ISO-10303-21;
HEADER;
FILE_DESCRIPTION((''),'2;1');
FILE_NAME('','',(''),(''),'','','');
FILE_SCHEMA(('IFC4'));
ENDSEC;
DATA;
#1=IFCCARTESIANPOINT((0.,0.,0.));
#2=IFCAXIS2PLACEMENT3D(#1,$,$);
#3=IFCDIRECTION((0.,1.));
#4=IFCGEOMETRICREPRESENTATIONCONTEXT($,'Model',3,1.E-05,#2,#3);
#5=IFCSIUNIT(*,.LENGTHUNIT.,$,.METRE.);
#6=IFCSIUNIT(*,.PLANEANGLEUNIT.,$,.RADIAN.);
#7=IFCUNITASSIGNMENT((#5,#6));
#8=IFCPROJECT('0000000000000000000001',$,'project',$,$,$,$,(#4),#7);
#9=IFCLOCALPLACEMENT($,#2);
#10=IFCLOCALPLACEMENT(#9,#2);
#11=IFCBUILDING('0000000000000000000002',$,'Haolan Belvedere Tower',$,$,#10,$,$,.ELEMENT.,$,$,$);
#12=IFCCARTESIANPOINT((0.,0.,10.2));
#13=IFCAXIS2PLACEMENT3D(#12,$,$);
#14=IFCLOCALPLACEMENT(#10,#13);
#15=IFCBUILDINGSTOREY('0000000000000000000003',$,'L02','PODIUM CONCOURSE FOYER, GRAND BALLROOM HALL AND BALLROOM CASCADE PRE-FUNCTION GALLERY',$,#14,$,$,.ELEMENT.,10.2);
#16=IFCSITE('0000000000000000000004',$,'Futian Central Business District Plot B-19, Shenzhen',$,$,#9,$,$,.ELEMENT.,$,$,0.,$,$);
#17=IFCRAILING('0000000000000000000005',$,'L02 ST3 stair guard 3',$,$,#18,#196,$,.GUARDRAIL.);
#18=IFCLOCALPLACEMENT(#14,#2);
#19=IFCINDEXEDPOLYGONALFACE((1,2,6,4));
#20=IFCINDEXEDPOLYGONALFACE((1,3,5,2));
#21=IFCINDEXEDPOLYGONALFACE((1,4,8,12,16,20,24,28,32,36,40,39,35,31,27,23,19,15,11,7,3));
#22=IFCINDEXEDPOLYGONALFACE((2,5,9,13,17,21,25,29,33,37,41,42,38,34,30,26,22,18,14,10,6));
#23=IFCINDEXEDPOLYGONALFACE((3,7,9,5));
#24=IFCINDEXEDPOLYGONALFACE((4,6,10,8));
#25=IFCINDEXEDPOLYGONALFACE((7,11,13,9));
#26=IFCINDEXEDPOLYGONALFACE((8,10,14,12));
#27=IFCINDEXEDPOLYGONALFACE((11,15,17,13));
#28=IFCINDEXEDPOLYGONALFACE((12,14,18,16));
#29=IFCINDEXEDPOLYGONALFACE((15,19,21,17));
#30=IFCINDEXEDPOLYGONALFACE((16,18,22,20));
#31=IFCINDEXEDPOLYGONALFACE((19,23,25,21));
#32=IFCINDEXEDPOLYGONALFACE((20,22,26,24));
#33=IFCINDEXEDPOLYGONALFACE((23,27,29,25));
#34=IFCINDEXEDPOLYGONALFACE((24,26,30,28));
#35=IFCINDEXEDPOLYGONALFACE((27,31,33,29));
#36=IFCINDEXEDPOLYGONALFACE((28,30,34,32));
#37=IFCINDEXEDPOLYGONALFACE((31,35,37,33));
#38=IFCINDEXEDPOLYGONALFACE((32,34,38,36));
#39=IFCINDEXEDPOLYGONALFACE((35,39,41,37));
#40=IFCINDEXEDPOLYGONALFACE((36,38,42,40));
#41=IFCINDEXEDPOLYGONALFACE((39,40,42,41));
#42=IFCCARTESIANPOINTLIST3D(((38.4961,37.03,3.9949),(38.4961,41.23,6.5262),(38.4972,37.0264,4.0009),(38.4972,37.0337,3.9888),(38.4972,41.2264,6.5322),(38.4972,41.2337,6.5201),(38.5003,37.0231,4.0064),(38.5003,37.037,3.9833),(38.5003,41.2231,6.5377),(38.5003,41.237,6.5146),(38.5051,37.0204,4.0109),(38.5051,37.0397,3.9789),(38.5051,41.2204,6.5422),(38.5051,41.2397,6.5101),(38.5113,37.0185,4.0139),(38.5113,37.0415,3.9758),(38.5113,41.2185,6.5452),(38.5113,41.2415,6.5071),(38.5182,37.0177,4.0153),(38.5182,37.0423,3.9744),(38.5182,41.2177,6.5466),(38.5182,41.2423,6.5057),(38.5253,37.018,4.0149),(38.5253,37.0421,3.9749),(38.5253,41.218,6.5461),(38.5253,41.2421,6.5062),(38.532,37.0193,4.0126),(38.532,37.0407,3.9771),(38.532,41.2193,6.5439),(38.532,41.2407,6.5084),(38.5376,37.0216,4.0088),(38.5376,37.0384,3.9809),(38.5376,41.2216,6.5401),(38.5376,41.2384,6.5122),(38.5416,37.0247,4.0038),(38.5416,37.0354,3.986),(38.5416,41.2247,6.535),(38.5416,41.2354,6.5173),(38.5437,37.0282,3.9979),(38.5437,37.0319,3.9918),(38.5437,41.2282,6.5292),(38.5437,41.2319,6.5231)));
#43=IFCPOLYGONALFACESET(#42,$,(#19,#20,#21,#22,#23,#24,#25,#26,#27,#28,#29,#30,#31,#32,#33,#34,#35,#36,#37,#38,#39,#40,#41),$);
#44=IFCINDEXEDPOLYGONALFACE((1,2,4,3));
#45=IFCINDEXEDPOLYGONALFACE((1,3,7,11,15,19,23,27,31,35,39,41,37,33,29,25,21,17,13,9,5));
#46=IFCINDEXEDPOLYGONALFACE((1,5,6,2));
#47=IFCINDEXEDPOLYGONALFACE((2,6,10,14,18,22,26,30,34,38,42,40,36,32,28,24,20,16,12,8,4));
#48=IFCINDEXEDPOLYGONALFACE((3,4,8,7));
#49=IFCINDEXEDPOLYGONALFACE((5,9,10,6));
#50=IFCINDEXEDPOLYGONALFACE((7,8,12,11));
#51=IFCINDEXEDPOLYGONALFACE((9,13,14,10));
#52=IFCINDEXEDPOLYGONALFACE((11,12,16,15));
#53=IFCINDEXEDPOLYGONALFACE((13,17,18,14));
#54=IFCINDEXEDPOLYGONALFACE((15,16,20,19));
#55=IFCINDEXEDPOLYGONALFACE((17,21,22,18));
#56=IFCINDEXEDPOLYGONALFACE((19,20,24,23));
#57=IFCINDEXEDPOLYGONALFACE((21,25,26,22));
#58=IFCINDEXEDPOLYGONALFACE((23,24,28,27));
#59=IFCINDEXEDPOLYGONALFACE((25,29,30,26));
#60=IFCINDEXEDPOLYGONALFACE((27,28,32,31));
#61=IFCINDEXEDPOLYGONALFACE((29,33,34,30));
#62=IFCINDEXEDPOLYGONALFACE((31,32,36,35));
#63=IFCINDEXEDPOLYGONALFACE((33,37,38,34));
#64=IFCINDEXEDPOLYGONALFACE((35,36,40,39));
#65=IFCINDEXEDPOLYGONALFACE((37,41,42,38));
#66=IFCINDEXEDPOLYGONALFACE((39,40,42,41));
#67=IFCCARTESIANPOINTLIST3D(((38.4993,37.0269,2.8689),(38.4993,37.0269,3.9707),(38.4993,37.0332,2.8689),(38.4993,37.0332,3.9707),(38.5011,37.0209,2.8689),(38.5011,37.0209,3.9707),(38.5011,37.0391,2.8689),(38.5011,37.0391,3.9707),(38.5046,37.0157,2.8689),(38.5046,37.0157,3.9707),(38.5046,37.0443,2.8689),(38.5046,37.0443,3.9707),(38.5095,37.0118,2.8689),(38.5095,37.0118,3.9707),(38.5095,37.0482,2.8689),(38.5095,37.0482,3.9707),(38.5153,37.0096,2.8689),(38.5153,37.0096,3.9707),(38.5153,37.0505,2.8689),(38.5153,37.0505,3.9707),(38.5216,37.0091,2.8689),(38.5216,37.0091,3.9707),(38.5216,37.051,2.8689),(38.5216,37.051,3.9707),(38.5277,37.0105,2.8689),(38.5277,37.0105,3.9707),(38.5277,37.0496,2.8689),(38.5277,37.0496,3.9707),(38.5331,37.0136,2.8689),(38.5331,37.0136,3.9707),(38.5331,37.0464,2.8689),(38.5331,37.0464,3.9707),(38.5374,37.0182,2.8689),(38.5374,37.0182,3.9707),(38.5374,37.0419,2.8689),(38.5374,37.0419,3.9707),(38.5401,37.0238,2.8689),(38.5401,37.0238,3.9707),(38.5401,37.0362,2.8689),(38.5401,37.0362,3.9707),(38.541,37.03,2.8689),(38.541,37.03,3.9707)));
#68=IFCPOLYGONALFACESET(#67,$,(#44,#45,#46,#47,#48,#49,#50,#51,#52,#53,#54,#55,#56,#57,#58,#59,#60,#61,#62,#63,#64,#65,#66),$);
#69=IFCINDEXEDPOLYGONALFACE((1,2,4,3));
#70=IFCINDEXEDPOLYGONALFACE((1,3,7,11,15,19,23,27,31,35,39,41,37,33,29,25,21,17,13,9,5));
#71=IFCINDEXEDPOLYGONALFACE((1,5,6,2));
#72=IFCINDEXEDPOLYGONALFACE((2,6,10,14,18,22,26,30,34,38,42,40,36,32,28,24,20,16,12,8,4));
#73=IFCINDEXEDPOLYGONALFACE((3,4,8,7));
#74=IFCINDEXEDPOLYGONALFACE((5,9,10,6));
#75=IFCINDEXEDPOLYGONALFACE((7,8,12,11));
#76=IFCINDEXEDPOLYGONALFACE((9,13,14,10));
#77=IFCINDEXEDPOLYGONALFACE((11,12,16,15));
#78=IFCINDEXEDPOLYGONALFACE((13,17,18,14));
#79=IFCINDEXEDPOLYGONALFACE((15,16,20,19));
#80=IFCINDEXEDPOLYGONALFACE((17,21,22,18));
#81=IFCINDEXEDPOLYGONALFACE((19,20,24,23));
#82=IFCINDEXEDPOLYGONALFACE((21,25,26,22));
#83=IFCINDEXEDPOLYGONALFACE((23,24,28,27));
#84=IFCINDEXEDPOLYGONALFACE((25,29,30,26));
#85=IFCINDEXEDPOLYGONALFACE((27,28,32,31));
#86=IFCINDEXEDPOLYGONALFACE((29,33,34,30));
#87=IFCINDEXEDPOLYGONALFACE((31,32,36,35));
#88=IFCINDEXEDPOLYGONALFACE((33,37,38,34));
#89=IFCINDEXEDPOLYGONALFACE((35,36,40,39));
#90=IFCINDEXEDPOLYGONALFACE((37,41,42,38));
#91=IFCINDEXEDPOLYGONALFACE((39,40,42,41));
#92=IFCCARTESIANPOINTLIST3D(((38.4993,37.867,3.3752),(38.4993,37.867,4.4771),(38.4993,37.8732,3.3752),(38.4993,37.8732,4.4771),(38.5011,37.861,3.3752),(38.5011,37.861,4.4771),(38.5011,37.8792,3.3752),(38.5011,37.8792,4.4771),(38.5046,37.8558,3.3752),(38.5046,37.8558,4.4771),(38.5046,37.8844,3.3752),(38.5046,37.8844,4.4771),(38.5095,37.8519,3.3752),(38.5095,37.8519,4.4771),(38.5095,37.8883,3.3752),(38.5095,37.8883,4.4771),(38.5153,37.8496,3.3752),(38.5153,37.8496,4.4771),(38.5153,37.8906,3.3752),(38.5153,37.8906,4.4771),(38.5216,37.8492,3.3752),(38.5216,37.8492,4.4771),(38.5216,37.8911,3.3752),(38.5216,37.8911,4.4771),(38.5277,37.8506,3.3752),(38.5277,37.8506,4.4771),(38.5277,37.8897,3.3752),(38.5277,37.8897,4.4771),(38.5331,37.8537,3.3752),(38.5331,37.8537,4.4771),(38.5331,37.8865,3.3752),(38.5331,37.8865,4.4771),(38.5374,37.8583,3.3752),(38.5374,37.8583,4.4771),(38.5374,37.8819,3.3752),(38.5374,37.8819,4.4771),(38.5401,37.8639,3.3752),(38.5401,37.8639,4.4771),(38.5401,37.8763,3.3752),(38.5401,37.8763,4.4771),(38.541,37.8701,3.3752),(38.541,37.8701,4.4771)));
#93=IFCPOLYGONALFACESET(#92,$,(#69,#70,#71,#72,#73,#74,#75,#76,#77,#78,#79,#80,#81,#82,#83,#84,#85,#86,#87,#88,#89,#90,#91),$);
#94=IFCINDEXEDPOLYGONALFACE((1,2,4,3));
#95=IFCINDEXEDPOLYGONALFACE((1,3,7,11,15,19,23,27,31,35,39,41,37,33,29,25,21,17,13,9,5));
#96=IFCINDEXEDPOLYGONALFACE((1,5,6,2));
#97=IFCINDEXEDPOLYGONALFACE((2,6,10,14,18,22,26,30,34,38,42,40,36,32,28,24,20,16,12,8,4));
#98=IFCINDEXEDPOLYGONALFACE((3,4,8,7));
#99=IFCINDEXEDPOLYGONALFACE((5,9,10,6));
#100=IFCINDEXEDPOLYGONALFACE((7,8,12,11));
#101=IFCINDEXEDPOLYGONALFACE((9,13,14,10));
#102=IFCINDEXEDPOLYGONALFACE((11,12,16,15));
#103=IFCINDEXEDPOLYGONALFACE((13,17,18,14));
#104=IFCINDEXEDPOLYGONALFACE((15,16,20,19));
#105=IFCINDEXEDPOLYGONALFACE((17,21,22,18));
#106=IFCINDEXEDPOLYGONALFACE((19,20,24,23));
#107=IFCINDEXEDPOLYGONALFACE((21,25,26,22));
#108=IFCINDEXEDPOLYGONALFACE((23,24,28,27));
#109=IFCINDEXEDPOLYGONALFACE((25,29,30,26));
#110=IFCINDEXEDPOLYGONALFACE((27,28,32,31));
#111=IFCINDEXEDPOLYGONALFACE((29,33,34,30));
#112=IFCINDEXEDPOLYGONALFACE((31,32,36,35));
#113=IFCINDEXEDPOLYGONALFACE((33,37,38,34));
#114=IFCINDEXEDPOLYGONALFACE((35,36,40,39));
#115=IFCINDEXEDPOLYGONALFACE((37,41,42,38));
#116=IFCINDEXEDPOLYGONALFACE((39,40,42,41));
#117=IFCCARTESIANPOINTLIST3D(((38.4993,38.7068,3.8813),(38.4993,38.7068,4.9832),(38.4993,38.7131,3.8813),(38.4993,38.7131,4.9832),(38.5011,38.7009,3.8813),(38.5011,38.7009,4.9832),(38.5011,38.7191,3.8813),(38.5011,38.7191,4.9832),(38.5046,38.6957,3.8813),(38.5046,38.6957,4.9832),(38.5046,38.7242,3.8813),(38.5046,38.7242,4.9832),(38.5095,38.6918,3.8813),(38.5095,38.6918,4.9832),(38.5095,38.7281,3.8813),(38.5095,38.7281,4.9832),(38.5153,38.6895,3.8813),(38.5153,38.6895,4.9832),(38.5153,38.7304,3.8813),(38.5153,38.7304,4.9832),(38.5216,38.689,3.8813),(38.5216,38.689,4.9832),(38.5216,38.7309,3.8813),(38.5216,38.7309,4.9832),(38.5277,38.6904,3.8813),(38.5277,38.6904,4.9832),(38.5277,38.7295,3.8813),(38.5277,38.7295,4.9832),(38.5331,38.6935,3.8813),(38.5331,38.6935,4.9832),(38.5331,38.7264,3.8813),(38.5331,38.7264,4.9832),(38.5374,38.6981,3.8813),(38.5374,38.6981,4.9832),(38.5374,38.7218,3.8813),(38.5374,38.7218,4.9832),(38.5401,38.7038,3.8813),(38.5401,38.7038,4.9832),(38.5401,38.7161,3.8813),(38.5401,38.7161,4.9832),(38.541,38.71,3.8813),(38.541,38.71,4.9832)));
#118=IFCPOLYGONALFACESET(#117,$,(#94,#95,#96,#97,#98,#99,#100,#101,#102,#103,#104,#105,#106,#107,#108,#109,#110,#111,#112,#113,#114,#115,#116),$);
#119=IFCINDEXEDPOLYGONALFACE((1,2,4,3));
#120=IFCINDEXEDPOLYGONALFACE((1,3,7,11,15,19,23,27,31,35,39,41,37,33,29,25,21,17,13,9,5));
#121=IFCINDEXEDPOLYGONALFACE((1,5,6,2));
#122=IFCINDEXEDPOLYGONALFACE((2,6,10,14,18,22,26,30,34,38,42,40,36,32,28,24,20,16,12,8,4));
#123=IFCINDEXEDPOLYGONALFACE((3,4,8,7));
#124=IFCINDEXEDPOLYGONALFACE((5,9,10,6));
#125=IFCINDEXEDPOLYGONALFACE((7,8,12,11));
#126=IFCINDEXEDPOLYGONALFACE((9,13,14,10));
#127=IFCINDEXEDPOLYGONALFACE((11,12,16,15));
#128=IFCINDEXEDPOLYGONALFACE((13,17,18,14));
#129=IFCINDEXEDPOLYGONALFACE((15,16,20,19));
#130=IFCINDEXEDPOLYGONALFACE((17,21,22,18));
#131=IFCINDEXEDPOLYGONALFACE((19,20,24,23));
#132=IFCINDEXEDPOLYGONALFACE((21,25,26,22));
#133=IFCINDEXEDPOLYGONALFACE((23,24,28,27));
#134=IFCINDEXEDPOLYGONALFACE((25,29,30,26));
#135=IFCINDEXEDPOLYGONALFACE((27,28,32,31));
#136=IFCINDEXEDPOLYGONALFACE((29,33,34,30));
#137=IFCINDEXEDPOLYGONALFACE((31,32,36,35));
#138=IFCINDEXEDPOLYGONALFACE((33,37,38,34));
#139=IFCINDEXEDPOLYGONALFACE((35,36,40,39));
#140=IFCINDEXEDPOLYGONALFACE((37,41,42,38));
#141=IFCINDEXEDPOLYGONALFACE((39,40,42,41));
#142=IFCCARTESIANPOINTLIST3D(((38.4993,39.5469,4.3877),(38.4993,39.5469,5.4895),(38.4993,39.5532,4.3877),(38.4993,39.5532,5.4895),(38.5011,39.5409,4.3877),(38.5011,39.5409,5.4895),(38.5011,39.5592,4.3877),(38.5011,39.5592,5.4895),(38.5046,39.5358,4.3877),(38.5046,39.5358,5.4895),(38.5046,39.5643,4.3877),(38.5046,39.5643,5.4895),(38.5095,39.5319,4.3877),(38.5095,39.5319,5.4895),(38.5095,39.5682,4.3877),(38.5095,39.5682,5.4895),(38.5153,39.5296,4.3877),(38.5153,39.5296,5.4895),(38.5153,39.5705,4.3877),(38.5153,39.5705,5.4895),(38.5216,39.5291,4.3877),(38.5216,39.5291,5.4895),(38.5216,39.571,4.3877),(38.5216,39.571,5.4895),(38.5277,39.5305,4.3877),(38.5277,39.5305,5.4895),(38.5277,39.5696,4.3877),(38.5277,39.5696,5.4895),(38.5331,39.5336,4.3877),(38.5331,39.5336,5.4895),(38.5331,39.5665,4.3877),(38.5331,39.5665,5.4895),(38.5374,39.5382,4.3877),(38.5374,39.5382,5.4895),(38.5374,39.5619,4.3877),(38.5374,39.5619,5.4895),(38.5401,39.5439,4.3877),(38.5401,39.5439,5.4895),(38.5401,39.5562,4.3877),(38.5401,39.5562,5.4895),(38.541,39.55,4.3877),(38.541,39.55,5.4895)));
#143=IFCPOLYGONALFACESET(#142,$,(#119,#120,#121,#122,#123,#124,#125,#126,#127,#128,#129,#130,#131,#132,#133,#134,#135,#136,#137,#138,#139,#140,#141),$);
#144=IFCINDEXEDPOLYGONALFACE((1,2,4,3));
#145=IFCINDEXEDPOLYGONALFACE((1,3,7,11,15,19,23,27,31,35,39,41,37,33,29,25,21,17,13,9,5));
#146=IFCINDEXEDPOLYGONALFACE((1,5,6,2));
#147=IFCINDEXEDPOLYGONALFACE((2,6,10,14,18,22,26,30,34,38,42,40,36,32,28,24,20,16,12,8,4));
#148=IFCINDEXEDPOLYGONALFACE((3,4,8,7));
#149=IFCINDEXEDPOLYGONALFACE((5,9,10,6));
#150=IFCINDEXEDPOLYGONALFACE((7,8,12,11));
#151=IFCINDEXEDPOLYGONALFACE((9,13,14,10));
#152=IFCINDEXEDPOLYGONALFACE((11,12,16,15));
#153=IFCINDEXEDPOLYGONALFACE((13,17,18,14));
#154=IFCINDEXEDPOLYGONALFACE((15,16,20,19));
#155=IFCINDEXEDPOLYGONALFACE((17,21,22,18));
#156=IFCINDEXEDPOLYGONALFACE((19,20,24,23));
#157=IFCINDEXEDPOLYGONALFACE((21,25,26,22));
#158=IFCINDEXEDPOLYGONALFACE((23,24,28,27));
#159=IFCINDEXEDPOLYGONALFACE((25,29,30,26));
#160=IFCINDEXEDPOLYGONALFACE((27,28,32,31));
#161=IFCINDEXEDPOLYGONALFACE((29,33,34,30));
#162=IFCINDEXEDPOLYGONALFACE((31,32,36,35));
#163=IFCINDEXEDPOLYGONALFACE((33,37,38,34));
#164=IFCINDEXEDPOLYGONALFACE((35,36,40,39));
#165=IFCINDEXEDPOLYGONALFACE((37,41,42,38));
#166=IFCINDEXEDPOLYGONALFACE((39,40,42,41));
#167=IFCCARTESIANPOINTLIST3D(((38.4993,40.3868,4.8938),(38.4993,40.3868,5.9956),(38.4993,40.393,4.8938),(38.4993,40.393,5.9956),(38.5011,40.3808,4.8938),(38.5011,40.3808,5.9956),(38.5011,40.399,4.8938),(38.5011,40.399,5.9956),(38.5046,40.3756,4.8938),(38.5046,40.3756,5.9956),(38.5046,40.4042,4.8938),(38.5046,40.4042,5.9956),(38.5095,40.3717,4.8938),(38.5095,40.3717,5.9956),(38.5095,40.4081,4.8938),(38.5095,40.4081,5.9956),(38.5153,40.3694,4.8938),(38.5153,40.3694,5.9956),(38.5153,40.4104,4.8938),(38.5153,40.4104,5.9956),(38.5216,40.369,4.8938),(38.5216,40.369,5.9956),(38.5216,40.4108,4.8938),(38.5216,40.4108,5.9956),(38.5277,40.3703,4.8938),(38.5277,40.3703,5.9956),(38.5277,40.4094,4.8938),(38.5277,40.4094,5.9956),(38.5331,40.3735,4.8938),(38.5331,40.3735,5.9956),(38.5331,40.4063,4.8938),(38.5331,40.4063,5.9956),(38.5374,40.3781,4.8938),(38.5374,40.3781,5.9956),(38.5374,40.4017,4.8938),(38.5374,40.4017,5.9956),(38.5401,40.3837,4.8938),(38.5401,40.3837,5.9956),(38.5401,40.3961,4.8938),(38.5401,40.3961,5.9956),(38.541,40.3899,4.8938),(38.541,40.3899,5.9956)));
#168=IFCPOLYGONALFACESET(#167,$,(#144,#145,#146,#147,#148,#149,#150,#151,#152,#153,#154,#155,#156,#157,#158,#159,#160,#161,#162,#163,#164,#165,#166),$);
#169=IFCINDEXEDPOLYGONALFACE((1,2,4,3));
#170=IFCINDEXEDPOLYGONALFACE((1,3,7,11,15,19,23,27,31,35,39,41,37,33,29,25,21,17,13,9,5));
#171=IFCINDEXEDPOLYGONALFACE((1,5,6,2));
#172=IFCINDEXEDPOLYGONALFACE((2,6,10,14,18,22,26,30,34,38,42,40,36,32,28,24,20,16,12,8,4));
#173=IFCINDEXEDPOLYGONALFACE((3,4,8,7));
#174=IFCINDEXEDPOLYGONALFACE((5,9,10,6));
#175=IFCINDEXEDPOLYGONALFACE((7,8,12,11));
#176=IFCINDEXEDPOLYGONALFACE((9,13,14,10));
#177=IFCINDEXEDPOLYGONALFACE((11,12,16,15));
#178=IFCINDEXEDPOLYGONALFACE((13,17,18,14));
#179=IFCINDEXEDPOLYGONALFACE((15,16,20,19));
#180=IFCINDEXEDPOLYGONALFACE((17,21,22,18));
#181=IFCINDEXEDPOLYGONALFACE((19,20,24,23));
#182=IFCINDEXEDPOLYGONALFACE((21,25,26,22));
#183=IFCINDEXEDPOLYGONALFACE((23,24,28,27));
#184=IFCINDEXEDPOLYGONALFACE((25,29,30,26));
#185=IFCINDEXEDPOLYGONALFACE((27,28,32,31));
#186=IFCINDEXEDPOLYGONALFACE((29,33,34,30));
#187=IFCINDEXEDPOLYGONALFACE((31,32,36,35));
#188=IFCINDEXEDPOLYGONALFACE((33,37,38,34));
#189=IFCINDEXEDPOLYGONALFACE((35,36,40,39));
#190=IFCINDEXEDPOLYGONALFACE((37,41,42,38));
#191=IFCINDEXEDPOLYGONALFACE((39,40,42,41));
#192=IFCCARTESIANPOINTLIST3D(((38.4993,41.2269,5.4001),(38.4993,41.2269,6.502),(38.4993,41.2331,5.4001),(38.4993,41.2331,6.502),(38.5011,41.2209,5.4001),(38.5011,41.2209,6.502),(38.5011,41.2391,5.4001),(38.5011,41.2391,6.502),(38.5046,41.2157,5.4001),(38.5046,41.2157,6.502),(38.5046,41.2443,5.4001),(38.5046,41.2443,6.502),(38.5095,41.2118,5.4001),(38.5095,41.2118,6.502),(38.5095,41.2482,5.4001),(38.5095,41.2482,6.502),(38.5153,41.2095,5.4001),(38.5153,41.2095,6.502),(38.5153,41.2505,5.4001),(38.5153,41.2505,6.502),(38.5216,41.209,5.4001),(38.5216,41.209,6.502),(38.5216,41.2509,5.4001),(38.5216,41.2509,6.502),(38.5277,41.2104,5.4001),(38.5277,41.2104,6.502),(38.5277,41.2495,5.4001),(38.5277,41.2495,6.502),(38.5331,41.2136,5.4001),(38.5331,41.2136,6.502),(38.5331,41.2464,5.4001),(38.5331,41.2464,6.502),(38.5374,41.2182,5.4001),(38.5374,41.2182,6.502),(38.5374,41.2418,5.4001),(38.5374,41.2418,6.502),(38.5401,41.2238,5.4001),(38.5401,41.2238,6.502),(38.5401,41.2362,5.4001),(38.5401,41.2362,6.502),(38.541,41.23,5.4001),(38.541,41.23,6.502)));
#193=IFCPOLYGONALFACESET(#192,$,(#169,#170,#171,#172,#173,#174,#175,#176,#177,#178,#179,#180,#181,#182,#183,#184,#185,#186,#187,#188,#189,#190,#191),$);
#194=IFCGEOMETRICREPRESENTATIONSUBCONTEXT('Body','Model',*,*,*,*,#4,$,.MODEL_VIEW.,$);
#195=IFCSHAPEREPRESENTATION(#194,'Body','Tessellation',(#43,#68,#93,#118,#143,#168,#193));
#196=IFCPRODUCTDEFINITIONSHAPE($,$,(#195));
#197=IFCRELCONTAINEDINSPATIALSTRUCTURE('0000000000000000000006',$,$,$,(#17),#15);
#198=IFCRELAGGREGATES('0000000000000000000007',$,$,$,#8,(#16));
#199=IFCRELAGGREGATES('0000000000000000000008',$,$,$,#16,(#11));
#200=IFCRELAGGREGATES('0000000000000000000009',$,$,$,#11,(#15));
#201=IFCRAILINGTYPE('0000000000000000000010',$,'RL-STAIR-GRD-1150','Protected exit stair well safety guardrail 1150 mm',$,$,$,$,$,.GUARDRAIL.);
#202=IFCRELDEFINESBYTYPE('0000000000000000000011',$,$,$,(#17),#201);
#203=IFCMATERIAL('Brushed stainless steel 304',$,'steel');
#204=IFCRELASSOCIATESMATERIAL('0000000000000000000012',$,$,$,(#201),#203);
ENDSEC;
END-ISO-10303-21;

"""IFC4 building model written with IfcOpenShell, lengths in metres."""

from ifc_helpers import new_model, si_unit, direction, frame, origin, origin_2d, place, context, subcontext, project, spatial, circle, extrude, material, type_object, element, save


model = new_model("IFC4")

# Units and contexts
model_context = context("Model", 3, precision=1e-05, world=origin(), true_north=direction((0.0, 1.0)))
body_context = subcontext(model_context, "Body", "Model", "MODEL_VIEW")
ifc_project = project(units=[si_unit("LENGTHUNIT", "METRE"), si_unit("PLANEANGLEUNIT", "RADIAN")], contexts=[model_context])

# Site, building, storey
site_placement = place(None, origin())
site = spatial("IfcSite", under=ifc_project, at=site_placement, Name="Futian Central Business District Plot B-19, Shenzhen", CompositionType="ELEMENT", RefElevation=0.0)
building_placement = place(site_placement, origin())
building = spatial("IfcBuilding", under=site, at=building_placement, Name="Haolan Belvedere Tower", CompositionType="ELEMENT")
storey_placement = place(building_placement, frame((0.0, 0.0, 10.2)))
storey = spatial("IfcBuildingStorey", under=building, at=storey_placement, Name="L02", Description="PODIUM CONCOURSE FOYER, GRAND BALLROOM HALL AND BALLROOM CASCADE PRE-FUNCTION GALLERY", CompositionType="ELEMENT", Elevation=10.2)

# Railing
ifc_material_1 = material(Name="Brushed stainless steel 304", Category="steel")
railing_type_1 = type_object("IfcRailingType", Name="RL-STAIR-GRD-1150", Description="Protected exit stair well safety guardrail 1150 mm", PredefinedType="GUARDRAIL", material=ifc_material_1)
railing_1_placement = place(storey_placement, frame((38.52, 37.03, 2.8689)))
element("IfcRailing", 1, at=railing_1_placement, inside=storey, type_object=railing_type_1, Name="L02 ST3 stair guard 3", PredefinedType="GUARDRAIL", context=body_context, shape_type="SweptSolid", body=[
    extrude(circle(Radius=0.0239, at=origin_2d()), frame((0.0, 0.0, 1.126), z_axis=(0.0, 0.856476, 0.516186), x_axis=(-1.0, 0.0, 0.0)), (0.0, 0.0, 1.0), 4.9038),
    extrude(circle(Radius=0.021, at=origin_2d()), origin(), (0.0, 0.0, 1.0), 1.1018),
    extrude(circle(Radius=0.021, at=origin_2d()), frame((0.0, 0.8401, 0.5063)), (0.0, 0.0, 1.0), 1.1018),
    extrude(circle(Radius=0.021, at=origin_2d()), frame((0.0, 1.6799, 1.0125)), (0.0, 0.0, 1.0), 1.1018),
    extrude(circle(Radius=0.021, at=origin_2d()), frame((0.0, 2.52, 1.5188)), (0.0, 0.0, 1.0), 1.1018),
    extrude(circle(Radius=0.021, at=origin_2d()), frame((0.0, 3.3599, 2.0249)), (0.0, 0.0, 1.0), 1.1018),
    extrude(circle(Radius=0.021, at=origin_2d()), frame((0.0, 4.2, 2.5312)), (0.0, 0.0, 1.0), 1.1018),
])

save(model, "model.ifc")
